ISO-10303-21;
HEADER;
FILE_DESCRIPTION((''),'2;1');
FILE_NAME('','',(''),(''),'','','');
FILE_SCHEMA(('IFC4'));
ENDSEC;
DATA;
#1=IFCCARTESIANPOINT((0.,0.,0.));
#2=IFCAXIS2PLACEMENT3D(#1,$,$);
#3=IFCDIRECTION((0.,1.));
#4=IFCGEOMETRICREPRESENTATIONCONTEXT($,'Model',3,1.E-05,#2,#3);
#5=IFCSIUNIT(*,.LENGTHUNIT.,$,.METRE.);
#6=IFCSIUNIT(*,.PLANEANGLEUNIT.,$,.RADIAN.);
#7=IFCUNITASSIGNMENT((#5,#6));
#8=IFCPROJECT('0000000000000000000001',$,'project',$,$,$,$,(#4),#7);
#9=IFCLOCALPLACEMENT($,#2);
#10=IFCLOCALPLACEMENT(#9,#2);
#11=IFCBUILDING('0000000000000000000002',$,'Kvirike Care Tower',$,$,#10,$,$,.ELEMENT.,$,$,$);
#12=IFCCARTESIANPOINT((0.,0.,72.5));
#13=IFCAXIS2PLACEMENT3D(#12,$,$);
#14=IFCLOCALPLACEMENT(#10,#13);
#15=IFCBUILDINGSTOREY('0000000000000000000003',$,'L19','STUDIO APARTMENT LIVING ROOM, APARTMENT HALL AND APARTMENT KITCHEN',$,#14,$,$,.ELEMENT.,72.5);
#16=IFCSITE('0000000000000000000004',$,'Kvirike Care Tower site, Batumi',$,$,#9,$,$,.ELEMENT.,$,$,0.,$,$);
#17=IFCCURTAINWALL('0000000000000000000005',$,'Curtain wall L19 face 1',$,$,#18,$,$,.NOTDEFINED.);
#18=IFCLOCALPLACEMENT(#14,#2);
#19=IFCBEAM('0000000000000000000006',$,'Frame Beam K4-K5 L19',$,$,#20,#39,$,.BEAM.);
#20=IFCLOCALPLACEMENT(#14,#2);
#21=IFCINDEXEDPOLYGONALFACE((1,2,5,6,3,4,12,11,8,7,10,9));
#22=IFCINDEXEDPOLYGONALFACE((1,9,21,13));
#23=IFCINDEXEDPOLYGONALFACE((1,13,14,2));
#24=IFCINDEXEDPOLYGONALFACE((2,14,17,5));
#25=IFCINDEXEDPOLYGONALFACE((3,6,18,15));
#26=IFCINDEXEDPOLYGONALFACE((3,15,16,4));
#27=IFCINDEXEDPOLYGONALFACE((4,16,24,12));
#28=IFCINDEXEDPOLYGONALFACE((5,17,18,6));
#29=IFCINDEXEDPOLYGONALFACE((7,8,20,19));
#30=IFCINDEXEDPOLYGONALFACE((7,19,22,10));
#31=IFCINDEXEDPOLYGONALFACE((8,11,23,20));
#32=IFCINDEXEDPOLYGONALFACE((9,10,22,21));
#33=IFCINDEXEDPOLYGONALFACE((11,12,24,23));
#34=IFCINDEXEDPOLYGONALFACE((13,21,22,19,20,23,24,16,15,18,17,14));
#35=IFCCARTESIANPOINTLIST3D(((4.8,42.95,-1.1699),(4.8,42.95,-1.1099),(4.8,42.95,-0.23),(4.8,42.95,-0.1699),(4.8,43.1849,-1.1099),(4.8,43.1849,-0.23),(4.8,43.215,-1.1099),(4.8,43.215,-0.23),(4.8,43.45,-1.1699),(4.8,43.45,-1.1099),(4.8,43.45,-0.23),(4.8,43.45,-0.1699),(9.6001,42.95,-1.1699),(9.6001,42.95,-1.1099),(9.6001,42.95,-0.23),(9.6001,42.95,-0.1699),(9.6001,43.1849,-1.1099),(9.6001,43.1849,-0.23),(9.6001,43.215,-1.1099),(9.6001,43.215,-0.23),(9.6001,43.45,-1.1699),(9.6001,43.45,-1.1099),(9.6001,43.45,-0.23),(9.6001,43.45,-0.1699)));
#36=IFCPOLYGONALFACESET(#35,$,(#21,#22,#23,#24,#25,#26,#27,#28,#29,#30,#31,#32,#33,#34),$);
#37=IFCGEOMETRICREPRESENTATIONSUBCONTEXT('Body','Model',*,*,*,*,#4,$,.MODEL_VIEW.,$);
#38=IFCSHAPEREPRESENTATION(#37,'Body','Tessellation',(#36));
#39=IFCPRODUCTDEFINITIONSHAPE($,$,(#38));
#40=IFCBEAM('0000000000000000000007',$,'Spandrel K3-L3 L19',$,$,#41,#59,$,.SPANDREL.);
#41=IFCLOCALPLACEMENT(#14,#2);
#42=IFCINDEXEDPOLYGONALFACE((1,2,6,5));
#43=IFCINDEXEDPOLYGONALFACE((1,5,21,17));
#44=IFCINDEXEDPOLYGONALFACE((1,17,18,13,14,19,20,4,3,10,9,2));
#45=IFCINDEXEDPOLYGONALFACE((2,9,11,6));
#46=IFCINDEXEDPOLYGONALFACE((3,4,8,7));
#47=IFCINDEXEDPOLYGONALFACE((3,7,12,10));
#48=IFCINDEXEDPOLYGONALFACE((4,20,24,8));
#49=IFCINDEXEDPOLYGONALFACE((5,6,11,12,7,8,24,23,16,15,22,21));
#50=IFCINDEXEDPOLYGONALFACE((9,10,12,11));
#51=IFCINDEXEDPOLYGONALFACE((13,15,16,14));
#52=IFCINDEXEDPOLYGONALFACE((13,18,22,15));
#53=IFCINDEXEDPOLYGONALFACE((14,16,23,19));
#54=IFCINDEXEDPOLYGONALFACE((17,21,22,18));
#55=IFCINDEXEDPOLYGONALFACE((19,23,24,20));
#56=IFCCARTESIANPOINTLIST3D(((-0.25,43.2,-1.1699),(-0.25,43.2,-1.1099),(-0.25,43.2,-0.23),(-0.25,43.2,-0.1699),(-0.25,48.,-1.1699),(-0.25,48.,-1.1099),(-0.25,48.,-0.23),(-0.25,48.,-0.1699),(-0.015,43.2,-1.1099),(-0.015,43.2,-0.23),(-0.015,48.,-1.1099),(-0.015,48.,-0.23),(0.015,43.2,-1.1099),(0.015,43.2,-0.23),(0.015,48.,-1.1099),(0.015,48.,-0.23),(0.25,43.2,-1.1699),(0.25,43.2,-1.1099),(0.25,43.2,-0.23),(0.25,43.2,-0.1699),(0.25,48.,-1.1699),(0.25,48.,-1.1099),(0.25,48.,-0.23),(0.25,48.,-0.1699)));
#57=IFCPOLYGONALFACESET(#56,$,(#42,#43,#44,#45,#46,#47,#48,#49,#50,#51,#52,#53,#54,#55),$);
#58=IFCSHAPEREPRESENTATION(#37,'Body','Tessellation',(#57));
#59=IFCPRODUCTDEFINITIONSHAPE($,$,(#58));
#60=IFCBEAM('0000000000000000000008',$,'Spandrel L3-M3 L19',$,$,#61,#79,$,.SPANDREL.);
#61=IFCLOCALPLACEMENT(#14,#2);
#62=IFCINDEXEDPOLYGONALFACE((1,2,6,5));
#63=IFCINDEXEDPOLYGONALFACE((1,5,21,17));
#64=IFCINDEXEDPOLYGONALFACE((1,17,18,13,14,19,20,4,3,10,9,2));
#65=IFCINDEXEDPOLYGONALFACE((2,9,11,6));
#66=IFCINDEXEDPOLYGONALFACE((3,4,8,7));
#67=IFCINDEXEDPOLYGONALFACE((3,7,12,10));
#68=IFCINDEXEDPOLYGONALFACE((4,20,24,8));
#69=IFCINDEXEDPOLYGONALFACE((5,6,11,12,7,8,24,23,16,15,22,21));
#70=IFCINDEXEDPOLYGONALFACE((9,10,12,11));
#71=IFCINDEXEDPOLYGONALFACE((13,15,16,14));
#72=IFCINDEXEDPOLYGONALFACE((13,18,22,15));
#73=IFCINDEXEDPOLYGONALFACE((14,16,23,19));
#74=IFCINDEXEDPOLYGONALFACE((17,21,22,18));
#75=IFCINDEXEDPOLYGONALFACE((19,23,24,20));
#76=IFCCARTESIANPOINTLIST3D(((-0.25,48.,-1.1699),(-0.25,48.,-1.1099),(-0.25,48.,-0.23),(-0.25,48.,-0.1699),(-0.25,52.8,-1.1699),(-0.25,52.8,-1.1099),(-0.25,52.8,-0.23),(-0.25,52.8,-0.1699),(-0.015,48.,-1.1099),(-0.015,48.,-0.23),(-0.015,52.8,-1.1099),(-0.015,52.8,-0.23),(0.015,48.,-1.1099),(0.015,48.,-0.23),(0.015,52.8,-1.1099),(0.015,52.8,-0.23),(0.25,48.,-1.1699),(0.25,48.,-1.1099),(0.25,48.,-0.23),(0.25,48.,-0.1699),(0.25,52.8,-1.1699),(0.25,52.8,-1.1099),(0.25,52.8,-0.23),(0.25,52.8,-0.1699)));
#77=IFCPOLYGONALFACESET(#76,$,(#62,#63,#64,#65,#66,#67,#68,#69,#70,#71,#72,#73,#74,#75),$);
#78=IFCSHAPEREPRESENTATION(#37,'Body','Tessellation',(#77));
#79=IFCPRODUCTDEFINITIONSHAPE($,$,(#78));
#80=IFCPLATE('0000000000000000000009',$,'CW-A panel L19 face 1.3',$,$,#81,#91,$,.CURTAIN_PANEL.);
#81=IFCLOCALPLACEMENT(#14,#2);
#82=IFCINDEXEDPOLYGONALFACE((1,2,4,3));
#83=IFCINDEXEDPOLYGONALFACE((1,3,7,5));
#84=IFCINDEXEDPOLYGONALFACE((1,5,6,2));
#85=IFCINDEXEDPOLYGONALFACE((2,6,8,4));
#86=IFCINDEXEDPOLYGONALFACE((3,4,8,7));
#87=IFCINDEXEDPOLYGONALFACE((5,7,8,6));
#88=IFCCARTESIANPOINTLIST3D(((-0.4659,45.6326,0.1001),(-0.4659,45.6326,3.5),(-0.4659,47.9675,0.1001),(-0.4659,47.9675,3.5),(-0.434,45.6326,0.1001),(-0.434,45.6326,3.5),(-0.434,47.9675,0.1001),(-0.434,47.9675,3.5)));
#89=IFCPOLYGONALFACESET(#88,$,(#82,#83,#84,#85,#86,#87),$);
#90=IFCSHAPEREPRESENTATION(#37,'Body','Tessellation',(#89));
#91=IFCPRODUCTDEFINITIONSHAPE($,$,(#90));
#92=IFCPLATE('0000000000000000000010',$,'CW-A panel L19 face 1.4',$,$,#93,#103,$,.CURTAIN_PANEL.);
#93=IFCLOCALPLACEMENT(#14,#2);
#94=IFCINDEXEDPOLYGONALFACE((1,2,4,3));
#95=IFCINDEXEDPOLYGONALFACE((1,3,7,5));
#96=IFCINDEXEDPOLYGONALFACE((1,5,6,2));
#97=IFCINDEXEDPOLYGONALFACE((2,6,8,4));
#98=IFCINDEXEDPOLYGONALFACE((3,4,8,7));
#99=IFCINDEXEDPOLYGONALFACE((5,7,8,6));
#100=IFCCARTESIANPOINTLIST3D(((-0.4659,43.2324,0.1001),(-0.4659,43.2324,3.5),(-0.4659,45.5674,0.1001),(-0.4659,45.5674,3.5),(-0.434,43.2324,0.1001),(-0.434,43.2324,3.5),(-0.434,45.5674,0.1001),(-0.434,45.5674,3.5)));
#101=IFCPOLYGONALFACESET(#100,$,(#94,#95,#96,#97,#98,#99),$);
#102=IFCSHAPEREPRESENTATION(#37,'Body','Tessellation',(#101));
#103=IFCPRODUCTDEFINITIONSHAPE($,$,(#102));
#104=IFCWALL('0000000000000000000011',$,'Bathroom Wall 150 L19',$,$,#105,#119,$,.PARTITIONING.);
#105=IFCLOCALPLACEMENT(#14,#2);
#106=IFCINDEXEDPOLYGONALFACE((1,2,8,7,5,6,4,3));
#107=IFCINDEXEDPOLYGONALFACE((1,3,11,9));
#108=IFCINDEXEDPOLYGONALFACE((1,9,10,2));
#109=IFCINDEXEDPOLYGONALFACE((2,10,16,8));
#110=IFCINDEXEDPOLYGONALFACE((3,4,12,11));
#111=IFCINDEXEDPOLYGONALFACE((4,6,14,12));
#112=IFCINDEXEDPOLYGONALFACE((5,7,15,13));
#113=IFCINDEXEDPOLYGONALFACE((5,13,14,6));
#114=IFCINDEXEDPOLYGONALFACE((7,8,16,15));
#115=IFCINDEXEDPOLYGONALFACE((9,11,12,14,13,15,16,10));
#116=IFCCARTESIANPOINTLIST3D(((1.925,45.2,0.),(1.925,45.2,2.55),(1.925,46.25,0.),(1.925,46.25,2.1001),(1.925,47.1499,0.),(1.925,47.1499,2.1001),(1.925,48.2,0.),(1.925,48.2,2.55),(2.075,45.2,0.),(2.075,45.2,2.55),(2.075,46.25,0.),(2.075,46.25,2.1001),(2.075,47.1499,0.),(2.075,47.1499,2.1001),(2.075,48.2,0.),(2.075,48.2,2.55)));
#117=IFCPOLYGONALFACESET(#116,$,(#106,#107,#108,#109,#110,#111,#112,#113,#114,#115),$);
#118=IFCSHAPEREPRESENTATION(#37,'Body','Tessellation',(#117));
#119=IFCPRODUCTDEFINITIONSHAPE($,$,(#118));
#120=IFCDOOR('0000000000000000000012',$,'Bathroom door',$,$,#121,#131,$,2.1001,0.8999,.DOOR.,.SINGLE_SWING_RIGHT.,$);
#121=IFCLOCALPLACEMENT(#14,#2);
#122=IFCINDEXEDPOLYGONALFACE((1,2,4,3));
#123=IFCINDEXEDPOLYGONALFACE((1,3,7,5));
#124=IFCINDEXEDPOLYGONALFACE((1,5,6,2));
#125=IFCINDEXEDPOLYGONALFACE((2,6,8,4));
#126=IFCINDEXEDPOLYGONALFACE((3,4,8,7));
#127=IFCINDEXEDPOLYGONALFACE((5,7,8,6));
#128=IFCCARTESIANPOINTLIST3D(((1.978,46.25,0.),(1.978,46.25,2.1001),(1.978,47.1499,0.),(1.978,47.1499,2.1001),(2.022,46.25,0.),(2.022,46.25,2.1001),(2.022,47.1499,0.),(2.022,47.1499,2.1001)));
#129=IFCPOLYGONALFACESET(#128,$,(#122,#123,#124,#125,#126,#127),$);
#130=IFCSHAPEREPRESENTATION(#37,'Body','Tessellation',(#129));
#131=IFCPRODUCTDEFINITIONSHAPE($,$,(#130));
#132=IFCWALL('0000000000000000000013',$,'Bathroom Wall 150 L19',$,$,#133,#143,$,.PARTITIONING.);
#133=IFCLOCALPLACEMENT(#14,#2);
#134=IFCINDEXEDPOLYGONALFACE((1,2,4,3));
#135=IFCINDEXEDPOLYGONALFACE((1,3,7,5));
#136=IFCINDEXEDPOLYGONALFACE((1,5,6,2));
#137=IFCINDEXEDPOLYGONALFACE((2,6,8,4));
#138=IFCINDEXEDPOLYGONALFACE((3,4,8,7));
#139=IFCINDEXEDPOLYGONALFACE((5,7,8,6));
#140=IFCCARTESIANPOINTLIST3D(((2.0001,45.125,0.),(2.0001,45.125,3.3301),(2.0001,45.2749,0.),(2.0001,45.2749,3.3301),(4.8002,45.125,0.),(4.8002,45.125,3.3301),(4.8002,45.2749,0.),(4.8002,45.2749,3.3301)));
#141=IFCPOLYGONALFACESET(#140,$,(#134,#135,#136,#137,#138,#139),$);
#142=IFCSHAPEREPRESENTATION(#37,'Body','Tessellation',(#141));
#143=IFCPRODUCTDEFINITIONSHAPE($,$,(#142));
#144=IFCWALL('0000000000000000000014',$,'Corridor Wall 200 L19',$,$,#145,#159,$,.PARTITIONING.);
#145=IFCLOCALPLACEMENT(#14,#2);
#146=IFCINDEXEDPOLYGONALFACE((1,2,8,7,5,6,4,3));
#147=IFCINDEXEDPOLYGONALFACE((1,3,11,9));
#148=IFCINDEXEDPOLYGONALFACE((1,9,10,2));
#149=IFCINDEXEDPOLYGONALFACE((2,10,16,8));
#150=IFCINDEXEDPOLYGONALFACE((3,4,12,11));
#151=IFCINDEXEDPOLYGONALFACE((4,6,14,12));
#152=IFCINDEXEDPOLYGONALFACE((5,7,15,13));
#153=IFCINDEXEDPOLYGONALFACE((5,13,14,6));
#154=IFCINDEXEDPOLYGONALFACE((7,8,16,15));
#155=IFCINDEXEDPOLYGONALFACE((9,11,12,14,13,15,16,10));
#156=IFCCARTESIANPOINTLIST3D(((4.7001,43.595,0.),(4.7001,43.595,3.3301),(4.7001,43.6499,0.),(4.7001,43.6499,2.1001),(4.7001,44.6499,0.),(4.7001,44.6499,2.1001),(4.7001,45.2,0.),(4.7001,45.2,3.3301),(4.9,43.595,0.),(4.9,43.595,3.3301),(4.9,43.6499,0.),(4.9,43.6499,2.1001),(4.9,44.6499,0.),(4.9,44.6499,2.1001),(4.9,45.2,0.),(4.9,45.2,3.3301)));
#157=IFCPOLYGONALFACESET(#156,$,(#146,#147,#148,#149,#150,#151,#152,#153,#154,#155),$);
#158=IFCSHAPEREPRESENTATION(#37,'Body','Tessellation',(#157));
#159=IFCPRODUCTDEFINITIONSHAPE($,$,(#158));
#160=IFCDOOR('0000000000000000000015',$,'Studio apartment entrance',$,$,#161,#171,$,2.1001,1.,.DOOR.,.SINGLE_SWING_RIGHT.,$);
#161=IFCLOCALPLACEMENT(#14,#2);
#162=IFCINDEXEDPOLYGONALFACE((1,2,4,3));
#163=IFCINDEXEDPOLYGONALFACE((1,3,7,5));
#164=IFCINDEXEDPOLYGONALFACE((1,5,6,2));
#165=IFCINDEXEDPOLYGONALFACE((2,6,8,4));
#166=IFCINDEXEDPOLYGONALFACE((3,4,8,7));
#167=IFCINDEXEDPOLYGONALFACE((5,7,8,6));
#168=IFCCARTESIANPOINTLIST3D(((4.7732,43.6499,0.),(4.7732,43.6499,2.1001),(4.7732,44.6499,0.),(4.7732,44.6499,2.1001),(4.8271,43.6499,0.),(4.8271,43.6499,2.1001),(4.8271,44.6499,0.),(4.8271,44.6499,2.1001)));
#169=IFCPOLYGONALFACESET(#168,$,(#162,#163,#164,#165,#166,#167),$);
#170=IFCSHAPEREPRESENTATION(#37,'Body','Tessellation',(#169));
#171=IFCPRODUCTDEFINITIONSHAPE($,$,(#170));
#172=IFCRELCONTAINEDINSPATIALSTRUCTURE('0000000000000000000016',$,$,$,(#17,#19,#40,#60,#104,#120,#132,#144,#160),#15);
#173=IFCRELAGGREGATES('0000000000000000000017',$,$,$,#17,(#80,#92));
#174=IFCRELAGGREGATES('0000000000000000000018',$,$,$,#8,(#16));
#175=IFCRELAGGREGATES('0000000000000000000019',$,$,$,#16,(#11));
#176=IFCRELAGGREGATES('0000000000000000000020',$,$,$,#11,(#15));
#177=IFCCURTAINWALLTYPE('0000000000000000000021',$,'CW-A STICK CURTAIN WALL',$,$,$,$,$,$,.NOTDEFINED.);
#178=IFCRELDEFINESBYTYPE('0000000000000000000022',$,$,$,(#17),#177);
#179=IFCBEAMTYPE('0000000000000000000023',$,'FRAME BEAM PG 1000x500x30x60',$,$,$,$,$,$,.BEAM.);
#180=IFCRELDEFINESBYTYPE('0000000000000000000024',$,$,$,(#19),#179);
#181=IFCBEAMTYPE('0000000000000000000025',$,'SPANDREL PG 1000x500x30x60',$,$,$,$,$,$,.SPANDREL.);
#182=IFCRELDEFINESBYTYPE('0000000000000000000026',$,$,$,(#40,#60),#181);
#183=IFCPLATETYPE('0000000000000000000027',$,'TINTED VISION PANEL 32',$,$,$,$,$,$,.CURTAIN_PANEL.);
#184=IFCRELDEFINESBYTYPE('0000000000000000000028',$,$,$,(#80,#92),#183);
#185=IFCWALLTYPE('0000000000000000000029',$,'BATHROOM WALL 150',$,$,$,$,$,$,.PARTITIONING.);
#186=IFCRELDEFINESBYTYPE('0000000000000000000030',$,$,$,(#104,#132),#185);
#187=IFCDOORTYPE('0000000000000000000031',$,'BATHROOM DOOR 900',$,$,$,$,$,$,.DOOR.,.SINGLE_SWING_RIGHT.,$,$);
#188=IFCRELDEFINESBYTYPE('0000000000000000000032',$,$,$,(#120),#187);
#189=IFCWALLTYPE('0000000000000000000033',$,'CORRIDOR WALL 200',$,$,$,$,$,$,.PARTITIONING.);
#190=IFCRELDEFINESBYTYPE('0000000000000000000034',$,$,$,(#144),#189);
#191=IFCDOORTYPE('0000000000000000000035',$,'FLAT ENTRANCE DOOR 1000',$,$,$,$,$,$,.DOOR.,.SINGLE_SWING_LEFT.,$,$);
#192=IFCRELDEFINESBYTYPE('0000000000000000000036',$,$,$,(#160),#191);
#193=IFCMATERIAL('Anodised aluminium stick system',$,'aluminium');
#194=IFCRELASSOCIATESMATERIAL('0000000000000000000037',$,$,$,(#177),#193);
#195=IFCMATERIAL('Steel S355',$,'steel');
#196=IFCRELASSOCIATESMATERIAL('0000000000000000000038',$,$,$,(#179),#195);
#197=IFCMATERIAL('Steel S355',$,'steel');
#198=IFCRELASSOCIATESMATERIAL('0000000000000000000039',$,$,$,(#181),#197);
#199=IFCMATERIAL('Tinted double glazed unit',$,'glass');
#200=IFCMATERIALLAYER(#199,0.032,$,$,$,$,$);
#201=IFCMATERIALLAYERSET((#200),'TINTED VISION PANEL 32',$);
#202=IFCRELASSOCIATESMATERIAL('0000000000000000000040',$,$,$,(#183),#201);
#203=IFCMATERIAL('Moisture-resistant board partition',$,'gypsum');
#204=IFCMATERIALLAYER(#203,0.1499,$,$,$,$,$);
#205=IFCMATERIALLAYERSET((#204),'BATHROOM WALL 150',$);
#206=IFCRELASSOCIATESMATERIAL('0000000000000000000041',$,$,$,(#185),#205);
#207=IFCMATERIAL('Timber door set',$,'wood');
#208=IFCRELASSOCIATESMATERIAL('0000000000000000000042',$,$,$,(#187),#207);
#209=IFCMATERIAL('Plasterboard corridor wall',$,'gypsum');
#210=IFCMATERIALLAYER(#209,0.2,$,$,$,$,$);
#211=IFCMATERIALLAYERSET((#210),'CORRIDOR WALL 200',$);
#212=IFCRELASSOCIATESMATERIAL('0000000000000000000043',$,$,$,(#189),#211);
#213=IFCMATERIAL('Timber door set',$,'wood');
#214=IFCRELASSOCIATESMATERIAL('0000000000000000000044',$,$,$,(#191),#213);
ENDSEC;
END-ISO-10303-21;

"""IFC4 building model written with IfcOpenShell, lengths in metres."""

from ifc_helpers import new_model, si_unit, direction, frame, frame_2d, origin, origin_2d, place, context, subcontext, project, spatial, rectangle, i_section, extrude, material, layer, layer_set, material_profile, profile_set, type_object, element, fill, aggregate, save


model = new_model("IFC4")

# Units and contexts
model_context = context("Model", 3, precision=1e-05, world=origin(), true_north=direction((0.0, 1.0)))
body_context = subcontext(model_context, "Body", "Model", "MODEL_VIEW")
ifc_project = project(units=[si_unit("LENGTHUNIT", "METRE"), si_unit("PLANEANGLEUNIT", "RADIAN")], contexts=[model_context])

# Site, building, storey
site_placement = place(None, origin())
site = spatial("IfcSite", under=ifc_project, at=site_placement, Name="Kvirike Care Tower site, Batumi", CompositionType="ELEMENT", RefElevation=0.0)
building_placement = place(site_placement, origin())
building = spatial("IfcBuilding", under=site, at=building_placement, Name="Kvirike Care Tower", CompositionType="ELEMENT")
storey_placement = place(building_placement, frame((0.0, 0.0, 72.5)))
storey = spatial("IfcBuildingStorey", under=building, at=storey_placement, Name="L19", Description="STUDIO APARTMENT LIVING ROOM, APARTMENT HALL AND APARTMENT KITCHEN", CompositionType="ELEMENT", Elevation=72.5)

# Curtain wall
ifc_material_1 = material(Name="Anodised aluminium stick system", Category="aluminium")
curtain_wall_type = type_object("IfcCurtainWallType", Name="CW-A STICK CURTAIN WALL", PredefinedType="NOTDEFINED", material=ifc_material_1)
curtain_wall_placement = place(storey_placement, origin())
curtain_wall = element("IfcCurtainWall", 1, at=curtain_wall_placement, inside=storey, type_object=curtain_wall_type, Name="Curtain wall L19 face 1", PredefinedType="NOTDEFINED")

# Beams
ifc_material_2 = material(Name="Steel S355", Category="steel")
ifc_material_profile_1 = material_profile(ifc_material_2, i_section(OverallWidth=0.5, OverallDepth=1.0, WebThickness=0.03, FlangeThickness=0.0601, at=origin_2d()), Name="PG 1000x500x30x60")
ifc_profile_set_1 = profile_set([ifc_material_profile_1], Name="Steel S355")
beam_type_1 = type_object("IfcBeamType", Name="FRAME BEAM PG 1000x500x30x60", PredefinedType="BEAM", material=ifc_profile_set_1)
for number, where, z_axis, x_axis, name in (
    (2, (4.8, 43.2, -0.6699), (1.0, 0.0, 0.0), (0.0, 1.0, 0.0), "Frame Beam K4-K5 L19"),
):
    element("IfcBeam", number, at=place(storey_placement, frame(where, z_axis=z_axis, x_axis=x_axis)), inside=storey, type_object=beam_type_1, Name=name, PredefinedType="BEAM", context=body_context, shape_type="SweptSolid", body=[
        extrude(i_section(OverallWidth=0.5, OverallDepth=1.0, WebThickness=0.03, FlangeThickness=0.0601, at=origin_2d()), origin(), (0.0, 0.0, 1.0), 4.8),
    ])
ifc_material_3 = material(Name="Steel S355", Category="steel")
ifc_material_profile_2 = material_profile(ifc_material_3, i_section(OverallWidth=0.5, OverallDepth=1.0, WebThickness=0.03, FlangeThickness=0.0601, at=origin_2d()), Name="PG 1000x500x30x60")
ifc_profile_set_2 = profile_set([ifc_material_profile_2], Name="Steel S355")
beam_type_2 = type_object("IfcBeamType", Name="SPANDREL PG 1000x500x30x60", PredefinedType="SPANDREL", material=ifc_profile_set_2)
for number, where, z_axis, x_axis, name in (
    (3, (0.0, 43.2, -0.6699), (0.0, 1.0, 0.0), (-1.0, 0.0, 0.0), "Spandrel K3-L3 L19"),
    (4, (0.0, 48.0, -0.6699), (0.0, 1.0, 0.0), (-1.0, 0.0, 0.0), "Spandrel L3-M3 L19"),
):
    element("IfcBeam", number, at=place(storey_placement, frame(where, z_axis=z_axis, x_axis=x_axis)), inside=storey, type_object=beam_type_2, Name=name, PredefinedType="SPANDREL", context=body_context, shape_type="SweptSolid", body=[
        extrude(i_section(OverallWidth=0.5, OverallDepth=1.0, WebThickness=0.03, FlangeThickness=0.0601, at=origin_2d()), origin(), (0.0, 0.0, 1.0), 4.8),
    ])

# Plates
ifc_material_4 = material(Name="Tinted double glazed unit", Category="glass")
ifc_layer_1 = layer(ifc_material_4, 0.032)
ifc_layer_set_1 = layer_set([ifc_layer_1], Name="TINTED VISION PANEL 32")
plate_type = type_object("IfcPlateType", Name="TINTED VISION PANEL 32", PredefinedType="CURTAIN_PANEL", material=ifc_layer_set_1)
plate_1_placement = place(storey_placement, frame((-0.45, 46.8, 0.1001), z_axis=(0.0, 0.0, 1.0), x_axis=(0.0, -1.0, 0.0)))
plate_1 = element("IfcPlate", 5, at=plate_1_placement, type_object=plate_type, Name="CW-A panel L19 face 1.3", PredefinedType="CURTAIN_PANEL", context=body_context, shape_type="SweptSolid", body=[
    extrude(rectangle(XDim=2.335, YDim=0.032, at=origin_2d()), origin(), (0.0, 0.0, 1.0), 3.3999),
])
plate_2_placement = place(storey_placement, frame((-0.45, 44.3999, 0.1001), z_axis=(0.0, 0.0, 1.0), x_axis=(0.0, -1.0, 0.0)))
plate_2 = element("IfcPlate", 6, at=plate_2_placement, type_object=plate_type, Name="CW-A panel L19 face 1.4", PredefinedType="CURTAIN_PANEL", context=body_context, shape_type="SweptSolid", body=[
    extrude(rectangle(XDim=2.335, YDim=0.032, at=origin_2d()), origin(), (0.0, 0.0, 1.0), 3.3999),
])
aggregate(curtain_wall, [plate_1, plate_2])

# Wall, opening, door
ifc_material_5 = material(Name="Moisture-resistant board partition", Category="gypsum")
ifc_layer_2 = layer(ifc_material_5, 0.1499)
ifc_layer_set_2 = layer_set([ifc_layer_2], Name="BATHROOM WALL 150")
wall_type_1 = type_object("IfcWallType", Name="BATHROOM WALL 150", PredefinedType="PARTITIONING", material=ifc_layer_set_2)
wall_1_placement = place(storey_placement, frame((2.0, 48.2, 0.0), z_axis=(0.0, 0.0, 1.0), x_axis=(0.0, -1.0, 0.0)))
wall_1 = element("IfcWall", 7, at=wall_1_placement, inside=storey, type_object=wall_type_1, Name="Bathroom Wall 150 L19", PredefinedType="PARTITIONING", context=body_context, shape_type="SweptSolid", body=[
    extrude(rectangle(XDim=3.0, YDim=0.1499, at=frame_2d((1.5, 0.0))), origin(), (0.0, 0.0, 1.0), 2.55),
])
opening_1_placement = place(wall_1_placement, frame((1.05, 0.0, 0.0)))
opening_1 = element("IfcOpeningElement", 8, at=opening_1_placement, cuts=wall_1, PredefinedType="OPENING", context=body_context, shape_type="SweptSolid", body=[
    extrude(rectangle(XDim=0.8999, YDim=2.1001, at=frame_2d((0.45, 1.05))), frame((0.0, 0.0854, 0.0), z_axis=(0.0, -1.0, 0.0), x_axis=(1.0, 0.0, 0.0)), (0.0, 0.0, 1.0), 0.1709),
])
ifc_material_6 = material(Name="Timber door set", Category="wood")
door_type_1 = type_object("IfcDoorType", Name="BATHROOM DOOR 900", OperationType="SINGLE_SWING_RIGHT", PredefinedType="DOOR", material=ifc_material_6)
door_1_placement = place(opening_1_placement, origin())
door_1 = element("IfcDoor", 9, at=door_1_placement, inside=storey, type_object=door_type_1, Name="Bathroom door", OperationType="SINGLE_SWING_RIGHT", OverallHeight=2.1001, OverallWidth=0.8999, PredefinedType="DOOR", context=body_context, shape_type="SweptSolid", body=[
    extrude(rectangle(XDim=0.8999, YDim=2.1001, at=frame_2d((0.45, 1.05))), frame((0.0, 0.022, 0.0), z_axis=(0.0, -1.0, 0.0), x_axis=(1.0, 0.0, 0.0)), (0.0, 0.0, 1.0), 0.0439),
])
fill(opening_1, door_1)

# Wall
wall_2_placement = place(storey_placement, frame((4.8, 45.2, 0.0), z_axis=(0.0, 0.0, 1.0), x_axis=(-1.0, 0.0, 0.0)))
element("IfcWall", 10, at=wall_2_placement, inside=storey, type_object=wall_type_1, Name="Bathroom Wall 150 L19", PredefinedType="PARTITIONING", context=body_context, shape_type="SweptSolid", body=[
    extrude(rectangle(XDim=2.8, YDim=0.1499, at=frame_2d((1.3999, 0.0))), origin(), (0.0, 0.0, 1.0), 3.3301),
])

# Wall, opening, door
ifc_material_7 = material(Name="Plasterboard corridor wall", Category="gypsum")
ifc_layer_3 = layer(ifc_material_7, 0.2)
ifc_layer_set_3 = layer_set([ifc_layer_3], Name="CORRIDOR WALL 200")
wall_type_2 = type_object("IfcWallType", Name="CORRIDOR WALL 200", PredefinedType="PARTITIONING", material=ifc_layer_set_3)
wall_3_placement = place(storey_placement, frame((4.8, 45.2, 0.0), z_axis=(0.0, 0.0, 1.0), x_axis=(0.0, -1.0, 0.0)))
wall_3 = element("IfcWall", 11, at=wall_3_placement, inside=storey, type_object=wall_type_2, Name="Corridor Wall 200 L19", PredefinedType="PARTITIONING", context=body_context, shape_type="SweptSolid", body=[
    extrude(rectangle(XDim=1.605, YDim=0.2, at=frame_2d((0.8025, 0.0))), origin(), (0.0, 0.0, 1.0), 3.3301),
])
opening_2_placement = place(wall_3_placement, frame((0.55, 0.0, 0.0)))
opening_2 = element("IfcOpeningElement", 12, at=opening_2_placement, cuts=wall_3, PredefinedType="OPENING", context=body_context, shape_type="SweptSolid", body=[
    extrude(rectangle(XDim=1.0, YDim=2.1001, at=frame_2d((0.5, 1.05))), frame((0.0, 0.1106, 0.0), z_axis=(0.0, -1.0, 0.0), x_axis=(1.0, 0.0, 0.0)), (0.0, 0.0, 1.0), 0.2209),
])
ifc_material_8 = material(Name="Timber door set", Category="wood")
door_type_2 = type_object("IfcDoorType", Name="FLAT ENTRANCE DOOR 1000", OperationType="SINGLE_SWING_LEFT", PredefinedType="DOOR", material=ifc_material_8)
door_2_placement = place(opening_2_placement, frame((1.0, 0.0, 0.0), z_axis=(0.0, 0.0, 1.0), x_axis=(-1.0, 0.0, 0.0)))
door_2 = element("IfcDoor", 13, at=door_2_placement, inside=storey, type_object=door_type_2, Name="Studio apartment entrance", OperationType="SINGLE_SWING_RIGHT", OverallHeight=2.1001, OverallWidth=1.0, PredefinedType="DOOR", context=body_context, shape_type="SweptSolid", body=[
    extrude(rectangle(XDim=1.0, YDim=2.1001, at=frame_2d((0.5, 1.05))), frame((0.0, 0.0269, 0.0), z_axis=(0.0, -1.0, 0.0), x_axis=(1.0, 0.0, 0.0)), (0.0, 0.0, 1.0), 0.054),
])
fill(opening_2, door_2)

save(model, "model.ifc")
